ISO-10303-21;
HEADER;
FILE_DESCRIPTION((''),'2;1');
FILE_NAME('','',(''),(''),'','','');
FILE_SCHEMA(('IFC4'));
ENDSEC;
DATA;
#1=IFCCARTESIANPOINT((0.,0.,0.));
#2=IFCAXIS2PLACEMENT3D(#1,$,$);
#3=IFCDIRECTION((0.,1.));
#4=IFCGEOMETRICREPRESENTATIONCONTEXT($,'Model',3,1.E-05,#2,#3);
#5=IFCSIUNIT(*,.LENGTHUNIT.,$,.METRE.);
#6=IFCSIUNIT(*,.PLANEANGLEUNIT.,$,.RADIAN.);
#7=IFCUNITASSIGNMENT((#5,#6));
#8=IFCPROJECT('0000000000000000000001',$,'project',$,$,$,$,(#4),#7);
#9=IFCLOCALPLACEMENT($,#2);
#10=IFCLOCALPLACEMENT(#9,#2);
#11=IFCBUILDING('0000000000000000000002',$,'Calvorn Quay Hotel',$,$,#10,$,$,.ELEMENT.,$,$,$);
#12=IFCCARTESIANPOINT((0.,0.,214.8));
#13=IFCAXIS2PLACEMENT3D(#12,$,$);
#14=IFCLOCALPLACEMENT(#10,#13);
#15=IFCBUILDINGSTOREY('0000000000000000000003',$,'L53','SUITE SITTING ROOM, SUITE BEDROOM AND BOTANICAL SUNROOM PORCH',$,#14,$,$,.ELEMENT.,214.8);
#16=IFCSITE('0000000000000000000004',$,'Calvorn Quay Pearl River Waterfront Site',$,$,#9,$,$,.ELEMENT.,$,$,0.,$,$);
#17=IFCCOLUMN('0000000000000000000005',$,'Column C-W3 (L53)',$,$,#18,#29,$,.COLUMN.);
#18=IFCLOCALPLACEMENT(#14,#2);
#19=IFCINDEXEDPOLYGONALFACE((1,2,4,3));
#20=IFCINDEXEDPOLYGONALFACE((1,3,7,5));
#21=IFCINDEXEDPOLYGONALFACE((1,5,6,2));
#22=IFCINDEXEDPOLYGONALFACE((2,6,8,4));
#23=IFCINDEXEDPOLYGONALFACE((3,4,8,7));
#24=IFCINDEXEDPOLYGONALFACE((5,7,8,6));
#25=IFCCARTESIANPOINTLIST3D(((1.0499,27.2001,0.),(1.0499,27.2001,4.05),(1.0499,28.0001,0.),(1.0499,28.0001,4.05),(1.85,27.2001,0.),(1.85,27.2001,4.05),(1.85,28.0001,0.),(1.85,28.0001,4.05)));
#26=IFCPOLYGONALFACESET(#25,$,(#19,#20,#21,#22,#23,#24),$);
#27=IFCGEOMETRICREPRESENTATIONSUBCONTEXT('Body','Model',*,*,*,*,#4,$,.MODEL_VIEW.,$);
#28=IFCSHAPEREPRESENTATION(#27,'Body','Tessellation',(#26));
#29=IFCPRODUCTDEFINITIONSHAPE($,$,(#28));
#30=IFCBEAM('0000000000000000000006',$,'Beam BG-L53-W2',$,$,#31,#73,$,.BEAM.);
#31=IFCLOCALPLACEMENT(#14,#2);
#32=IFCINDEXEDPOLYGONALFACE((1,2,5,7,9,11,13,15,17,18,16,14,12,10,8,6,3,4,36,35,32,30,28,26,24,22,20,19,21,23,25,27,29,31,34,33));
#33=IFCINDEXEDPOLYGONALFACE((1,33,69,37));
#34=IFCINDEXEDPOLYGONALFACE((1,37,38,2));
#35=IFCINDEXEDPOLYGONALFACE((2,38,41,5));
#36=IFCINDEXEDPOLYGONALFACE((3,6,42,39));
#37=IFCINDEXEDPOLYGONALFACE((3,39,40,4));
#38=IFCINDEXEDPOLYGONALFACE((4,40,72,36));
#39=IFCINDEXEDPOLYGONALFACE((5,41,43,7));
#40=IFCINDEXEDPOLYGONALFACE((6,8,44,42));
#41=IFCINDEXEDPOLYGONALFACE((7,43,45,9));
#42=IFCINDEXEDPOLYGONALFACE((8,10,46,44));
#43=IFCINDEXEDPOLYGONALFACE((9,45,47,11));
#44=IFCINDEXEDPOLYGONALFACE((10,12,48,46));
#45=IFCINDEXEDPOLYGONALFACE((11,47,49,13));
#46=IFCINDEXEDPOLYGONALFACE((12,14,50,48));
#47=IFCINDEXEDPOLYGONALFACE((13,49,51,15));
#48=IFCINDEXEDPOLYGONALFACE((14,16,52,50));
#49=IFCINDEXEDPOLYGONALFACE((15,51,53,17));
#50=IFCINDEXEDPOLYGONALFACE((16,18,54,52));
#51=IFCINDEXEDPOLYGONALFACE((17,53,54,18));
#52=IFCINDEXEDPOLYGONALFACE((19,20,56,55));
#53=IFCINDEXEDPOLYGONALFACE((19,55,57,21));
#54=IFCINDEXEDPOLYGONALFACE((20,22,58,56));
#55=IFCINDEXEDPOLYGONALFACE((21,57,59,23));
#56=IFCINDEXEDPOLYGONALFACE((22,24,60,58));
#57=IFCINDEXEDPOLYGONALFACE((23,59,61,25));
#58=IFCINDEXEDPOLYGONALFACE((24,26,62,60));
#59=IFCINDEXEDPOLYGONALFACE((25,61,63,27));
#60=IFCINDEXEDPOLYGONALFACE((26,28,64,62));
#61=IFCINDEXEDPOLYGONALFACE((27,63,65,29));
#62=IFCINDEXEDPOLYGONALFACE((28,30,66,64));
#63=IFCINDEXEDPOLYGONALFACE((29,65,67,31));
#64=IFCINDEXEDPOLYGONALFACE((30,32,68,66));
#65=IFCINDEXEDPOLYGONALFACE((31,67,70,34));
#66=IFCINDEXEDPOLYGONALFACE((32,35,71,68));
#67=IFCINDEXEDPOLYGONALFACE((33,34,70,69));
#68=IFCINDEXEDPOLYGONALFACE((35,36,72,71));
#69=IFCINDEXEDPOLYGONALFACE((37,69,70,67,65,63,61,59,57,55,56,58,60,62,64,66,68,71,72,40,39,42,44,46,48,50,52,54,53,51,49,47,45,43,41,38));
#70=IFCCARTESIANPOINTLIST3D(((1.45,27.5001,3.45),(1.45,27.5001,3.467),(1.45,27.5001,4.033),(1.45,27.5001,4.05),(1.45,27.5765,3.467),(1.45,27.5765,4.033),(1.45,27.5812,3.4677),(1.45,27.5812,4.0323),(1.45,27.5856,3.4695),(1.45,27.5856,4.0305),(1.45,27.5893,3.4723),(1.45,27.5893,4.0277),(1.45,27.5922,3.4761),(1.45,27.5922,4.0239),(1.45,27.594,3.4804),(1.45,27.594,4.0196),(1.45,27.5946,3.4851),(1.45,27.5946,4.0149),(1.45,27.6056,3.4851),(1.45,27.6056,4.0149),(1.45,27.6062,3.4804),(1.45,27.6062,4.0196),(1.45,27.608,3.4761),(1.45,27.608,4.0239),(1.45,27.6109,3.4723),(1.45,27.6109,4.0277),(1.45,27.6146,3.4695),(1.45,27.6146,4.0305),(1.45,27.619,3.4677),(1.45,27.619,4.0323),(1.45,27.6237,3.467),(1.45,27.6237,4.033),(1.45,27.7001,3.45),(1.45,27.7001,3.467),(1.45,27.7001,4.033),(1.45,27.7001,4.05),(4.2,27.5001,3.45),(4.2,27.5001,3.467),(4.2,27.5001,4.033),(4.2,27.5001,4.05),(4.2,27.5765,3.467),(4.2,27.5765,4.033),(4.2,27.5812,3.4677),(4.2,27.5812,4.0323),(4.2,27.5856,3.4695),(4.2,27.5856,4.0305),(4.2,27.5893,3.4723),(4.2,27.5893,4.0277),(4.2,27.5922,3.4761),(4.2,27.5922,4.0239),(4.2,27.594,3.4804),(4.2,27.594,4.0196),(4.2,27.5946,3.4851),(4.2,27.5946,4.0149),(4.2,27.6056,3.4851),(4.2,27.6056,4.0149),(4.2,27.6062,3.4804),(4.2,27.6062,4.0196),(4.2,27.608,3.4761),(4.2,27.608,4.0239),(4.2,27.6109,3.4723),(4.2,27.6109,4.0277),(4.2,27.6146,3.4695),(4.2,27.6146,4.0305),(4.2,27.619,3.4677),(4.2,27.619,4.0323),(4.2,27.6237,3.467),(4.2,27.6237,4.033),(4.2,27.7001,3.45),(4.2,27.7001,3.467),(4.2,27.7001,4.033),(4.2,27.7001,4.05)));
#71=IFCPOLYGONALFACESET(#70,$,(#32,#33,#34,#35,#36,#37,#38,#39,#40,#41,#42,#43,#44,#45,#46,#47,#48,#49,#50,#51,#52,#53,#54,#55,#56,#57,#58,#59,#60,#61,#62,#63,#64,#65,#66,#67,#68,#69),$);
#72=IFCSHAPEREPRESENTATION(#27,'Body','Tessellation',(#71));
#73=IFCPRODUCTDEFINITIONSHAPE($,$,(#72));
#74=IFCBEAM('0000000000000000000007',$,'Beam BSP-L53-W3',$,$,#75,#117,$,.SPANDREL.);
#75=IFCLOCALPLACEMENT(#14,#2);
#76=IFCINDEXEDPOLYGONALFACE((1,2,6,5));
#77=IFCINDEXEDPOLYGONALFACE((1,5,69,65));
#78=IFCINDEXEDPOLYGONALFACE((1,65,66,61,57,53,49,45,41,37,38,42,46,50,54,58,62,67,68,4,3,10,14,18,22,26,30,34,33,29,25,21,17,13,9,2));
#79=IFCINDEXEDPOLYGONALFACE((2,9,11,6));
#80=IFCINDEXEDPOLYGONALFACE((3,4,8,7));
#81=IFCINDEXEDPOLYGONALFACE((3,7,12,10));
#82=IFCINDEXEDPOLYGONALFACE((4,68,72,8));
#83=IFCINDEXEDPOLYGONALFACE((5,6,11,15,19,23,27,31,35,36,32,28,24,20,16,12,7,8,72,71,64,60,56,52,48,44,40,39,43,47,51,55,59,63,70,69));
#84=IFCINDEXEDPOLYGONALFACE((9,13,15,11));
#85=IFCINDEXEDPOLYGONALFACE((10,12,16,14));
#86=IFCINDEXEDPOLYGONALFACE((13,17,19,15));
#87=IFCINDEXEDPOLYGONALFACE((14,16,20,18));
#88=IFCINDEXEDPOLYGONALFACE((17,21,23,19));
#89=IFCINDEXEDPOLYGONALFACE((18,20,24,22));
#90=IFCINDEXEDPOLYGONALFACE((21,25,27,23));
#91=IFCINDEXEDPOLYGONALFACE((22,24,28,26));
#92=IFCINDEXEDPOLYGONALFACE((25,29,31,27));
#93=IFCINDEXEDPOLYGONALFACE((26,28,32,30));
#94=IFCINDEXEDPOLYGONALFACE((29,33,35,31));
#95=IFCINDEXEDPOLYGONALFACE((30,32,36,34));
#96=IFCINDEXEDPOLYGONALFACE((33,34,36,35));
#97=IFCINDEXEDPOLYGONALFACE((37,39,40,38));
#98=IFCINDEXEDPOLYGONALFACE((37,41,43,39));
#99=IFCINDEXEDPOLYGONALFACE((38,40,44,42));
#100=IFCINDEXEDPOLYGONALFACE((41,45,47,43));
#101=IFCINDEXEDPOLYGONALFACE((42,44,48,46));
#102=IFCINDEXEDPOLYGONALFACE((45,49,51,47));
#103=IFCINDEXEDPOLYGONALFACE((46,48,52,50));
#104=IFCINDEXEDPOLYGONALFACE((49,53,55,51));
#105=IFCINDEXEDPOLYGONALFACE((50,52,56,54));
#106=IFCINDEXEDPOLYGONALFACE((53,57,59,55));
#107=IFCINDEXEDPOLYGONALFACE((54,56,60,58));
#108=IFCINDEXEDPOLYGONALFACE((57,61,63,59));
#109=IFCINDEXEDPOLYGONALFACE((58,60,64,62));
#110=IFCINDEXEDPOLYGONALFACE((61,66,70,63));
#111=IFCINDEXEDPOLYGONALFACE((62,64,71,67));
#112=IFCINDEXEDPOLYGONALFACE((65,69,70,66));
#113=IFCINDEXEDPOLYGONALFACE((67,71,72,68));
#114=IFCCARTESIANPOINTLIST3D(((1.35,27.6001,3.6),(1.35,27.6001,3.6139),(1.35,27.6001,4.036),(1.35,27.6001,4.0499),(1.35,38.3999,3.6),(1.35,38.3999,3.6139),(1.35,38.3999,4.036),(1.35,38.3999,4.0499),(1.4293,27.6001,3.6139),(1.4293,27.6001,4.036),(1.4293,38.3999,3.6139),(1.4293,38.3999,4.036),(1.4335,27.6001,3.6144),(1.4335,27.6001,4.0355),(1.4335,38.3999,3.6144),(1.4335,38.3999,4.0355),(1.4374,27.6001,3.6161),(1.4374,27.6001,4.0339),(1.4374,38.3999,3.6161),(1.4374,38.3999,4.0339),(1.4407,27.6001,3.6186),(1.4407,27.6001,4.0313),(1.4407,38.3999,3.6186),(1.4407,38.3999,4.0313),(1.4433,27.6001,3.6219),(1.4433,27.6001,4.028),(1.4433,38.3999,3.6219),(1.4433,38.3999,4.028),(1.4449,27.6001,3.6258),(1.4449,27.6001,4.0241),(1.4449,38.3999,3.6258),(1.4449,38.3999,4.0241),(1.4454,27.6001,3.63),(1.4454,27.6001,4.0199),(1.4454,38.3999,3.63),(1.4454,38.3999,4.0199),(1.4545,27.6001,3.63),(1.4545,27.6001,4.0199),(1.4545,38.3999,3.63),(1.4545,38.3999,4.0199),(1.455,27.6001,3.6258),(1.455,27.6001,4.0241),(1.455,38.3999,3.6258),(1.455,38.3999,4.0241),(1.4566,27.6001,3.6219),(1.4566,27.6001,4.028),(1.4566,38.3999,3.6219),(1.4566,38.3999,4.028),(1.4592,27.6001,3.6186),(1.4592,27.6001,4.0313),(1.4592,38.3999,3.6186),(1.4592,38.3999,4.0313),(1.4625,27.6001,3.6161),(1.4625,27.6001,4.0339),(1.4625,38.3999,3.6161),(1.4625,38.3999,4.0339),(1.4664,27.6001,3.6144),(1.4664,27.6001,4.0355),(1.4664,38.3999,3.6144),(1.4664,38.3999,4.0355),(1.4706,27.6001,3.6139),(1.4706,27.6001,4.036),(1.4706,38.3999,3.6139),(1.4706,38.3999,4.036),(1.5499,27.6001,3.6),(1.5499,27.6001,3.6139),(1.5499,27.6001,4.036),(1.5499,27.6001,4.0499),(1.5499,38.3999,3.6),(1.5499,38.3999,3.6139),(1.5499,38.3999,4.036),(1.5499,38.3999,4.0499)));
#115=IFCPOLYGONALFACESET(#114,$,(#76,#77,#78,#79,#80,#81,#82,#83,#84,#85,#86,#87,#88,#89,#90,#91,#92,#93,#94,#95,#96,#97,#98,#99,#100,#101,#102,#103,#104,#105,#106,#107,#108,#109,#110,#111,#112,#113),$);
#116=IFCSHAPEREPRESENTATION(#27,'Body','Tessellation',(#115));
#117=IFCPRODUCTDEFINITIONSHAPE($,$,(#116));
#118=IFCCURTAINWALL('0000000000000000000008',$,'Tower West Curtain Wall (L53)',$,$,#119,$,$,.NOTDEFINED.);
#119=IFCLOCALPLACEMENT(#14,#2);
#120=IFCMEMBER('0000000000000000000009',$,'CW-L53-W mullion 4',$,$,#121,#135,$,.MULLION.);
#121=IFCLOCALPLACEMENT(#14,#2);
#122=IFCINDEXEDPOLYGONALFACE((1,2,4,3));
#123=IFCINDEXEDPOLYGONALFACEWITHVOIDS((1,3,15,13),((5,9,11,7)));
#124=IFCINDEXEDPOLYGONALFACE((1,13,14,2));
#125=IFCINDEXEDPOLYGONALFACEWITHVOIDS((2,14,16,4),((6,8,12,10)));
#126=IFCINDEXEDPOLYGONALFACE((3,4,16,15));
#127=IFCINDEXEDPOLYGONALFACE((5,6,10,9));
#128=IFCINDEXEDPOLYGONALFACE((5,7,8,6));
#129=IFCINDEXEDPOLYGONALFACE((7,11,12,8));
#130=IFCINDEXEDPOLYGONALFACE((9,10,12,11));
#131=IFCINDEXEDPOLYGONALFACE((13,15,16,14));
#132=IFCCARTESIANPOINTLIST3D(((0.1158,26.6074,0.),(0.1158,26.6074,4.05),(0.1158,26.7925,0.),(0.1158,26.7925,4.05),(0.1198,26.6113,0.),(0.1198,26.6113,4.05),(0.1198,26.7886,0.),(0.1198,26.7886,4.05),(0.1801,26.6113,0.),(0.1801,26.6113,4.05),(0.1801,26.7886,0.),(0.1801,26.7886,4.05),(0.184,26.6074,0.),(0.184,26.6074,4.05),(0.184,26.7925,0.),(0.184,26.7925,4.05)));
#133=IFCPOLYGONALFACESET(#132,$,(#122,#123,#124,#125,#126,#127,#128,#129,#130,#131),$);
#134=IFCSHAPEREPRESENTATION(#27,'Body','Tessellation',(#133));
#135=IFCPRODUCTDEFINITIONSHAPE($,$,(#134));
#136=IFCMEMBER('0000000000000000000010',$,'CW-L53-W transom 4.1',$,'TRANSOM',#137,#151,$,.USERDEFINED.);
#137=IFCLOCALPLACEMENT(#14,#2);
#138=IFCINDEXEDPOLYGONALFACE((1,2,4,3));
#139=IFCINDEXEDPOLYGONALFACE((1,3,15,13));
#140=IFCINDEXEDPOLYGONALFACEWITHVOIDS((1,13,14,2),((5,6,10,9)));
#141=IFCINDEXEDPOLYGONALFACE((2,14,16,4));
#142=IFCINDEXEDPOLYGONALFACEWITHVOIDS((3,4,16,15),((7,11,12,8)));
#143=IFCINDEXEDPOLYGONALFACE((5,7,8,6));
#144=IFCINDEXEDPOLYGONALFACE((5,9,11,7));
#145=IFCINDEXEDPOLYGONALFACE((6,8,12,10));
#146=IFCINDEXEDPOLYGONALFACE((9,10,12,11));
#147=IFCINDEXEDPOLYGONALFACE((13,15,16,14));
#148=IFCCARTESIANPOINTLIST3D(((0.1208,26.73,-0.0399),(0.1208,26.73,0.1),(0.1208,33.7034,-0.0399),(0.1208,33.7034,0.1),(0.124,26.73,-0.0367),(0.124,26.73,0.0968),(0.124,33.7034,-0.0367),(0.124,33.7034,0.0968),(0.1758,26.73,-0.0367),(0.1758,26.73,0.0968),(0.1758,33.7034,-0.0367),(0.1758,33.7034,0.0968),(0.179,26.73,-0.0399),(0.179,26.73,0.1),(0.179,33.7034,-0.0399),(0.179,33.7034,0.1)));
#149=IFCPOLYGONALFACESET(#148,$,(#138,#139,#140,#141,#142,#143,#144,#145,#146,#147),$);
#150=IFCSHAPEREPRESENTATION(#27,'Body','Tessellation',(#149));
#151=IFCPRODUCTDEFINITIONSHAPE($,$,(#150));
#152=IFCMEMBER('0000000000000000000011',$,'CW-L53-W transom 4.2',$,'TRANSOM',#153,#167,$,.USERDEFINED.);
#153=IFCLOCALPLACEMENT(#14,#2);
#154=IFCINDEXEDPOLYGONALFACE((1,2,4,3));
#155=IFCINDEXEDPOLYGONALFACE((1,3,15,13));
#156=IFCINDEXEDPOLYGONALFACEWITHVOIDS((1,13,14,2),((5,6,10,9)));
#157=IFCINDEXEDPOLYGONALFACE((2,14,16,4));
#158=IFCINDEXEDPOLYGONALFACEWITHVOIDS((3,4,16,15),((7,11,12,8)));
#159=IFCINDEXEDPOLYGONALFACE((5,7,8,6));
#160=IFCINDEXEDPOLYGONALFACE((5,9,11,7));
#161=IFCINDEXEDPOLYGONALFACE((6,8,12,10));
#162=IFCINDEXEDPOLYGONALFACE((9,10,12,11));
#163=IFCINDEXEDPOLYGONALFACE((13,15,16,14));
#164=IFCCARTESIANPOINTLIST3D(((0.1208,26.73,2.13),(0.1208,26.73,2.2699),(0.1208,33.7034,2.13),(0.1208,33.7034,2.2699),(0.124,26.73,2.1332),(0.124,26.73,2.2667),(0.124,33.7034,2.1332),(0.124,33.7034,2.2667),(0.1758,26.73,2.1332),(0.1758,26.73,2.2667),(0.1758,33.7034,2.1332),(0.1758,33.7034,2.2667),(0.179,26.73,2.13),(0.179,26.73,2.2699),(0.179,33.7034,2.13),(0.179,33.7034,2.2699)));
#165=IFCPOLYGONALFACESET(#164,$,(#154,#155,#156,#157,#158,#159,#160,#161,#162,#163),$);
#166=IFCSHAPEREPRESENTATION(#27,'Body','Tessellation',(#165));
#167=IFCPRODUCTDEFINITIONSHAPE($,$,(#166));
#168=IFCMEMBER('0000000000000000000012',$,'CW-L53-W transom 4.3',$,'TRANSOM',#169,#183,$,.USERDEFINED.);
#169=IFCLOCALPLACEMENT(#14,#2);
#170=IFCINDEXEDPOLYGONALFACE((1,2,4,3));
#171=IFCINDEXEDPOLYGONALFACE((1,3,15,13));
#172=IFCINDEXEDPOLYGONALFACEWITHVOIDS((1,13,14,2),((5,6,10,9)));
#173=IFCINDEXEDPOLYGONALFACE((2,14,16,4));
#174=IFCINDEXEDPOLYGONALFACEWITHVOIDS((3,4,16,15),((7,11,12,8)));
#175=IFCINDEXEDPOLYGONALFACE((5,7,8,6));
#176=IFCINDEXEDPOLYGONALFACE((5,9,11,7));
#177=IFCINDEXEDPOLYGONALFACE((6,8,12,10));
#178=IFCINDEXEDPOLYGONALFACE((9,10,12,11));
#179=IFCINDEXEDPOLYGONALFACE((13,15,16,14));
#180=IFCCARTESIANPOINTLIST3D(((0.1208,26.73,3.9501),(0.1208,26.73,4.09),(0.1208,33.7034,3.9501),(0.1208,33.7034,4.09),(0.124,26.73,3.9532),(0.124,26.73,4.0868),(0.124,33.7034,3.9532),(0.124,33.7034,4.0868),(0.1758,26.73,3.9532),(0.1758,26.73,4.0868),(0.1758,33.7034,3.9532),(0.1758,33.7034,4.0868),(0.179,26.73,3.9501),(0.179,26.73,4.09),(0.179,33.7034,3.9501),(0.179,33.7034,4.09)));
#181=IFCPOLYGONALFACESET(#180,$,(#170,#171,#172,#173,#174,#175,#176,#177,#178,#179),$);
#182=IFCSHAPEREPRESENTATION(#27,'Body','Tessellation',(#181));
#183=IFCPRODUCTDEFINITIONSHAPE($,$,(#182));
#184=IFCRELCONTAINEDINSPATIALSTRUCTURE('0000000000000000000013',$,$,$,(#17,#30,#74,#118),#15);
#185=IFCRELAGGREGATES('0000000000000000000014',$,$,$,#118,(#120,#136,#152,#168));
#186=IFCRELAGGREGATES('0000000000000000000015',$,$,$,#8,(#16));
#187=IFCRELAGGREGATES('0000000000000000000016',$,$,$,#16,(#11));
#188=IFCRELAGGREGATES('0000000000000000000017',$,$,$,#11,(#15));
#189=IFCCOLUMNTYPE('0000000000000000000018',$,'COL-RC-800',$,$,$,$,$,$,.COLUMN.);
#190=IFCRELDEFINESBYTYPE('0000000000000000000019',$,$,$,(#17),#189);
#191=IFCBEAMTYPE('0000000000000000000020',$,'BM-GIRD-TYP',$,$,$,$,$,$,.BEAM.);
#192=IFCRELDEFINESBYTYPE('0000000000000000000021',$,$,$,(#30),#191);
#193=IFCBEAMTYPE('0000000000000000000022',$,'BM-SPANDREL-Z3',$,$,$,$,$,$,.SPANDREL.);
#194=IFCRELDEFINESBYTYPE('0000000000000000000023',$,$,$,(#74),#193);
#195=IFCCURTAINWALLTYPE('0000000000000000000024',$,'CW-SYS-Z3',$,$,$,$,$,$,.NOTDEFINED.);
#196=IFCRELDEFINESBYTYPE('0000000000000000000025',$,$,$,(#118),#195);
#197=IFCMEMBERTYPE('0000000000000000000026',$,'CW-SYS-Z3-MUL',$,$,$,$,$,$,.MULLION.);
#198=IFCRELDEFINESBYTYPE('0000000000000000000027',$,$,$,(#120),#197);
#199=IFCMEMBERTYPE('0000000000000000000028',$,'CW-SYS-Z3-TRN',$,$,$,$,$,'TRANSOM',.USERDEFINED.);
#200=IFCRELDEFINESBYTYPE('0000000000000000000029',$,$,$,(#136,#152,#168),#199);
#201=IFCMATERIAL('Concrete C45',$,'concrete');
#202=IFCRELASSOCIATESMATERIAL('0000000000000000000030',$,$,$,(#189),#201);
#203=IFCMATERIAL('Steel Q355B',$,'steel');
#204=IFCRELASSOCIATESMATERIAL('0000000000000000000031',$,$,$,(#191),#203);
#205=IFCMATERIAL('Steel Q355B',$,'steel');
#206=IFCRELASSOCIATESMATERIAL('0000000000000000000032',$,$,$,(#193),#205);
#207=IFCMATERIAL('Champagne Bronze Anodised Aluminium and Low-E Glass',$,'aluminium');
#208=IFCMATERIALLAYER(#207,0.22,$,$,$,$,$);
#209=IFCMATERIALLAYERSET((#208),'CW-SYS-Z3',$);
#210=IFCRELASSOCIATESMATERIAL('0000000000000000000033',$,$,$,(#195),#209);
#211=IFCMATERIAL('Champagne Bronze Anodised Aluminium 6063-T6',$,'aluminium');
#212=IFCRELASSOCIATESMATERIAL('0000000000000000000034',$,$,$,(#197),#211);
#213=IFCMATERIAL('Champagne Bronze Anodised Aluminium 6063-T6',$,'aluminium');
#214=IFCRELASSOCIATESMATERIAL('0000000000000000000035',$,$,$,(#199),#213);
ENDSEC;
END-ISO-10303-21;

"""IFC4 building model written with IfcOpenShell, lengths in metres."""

from ifc_helpers import new_model, si_unit, direction, frame, origin, origin_2d, place, context, subcontext, project, spatial, rectangle, hollow_rectangle, i_section, extrude, material, layer, layer_set, material_profile, profile_set, type_object, element, aggregate, save


model = new_model("IFC4")

# Units and contexts
model_context = context("Model", 3, precision=1e-05, world=origin(), true_north=direction((0.0, 1.0)))
body_context = subcontext(model_context, "Body", "Model", "MODEL_VIEW")
ifc_project = project(units=[si_unit("LENGTHUNIT", "METRE"), si_unit("PLANEANGLEUNIT", "RADIAN")], contexts=[model_context])

# Site, building, storey
site_placement = place(None, origin())
site = spatial("IfcSite", under=ifc_project, at=site_placement, Name="Calvorn Quay Pearl River Waterfront Site", CompositionType="ELEMENT", RefElevation=0.0)
building_placement = place(site_placement, origin())
building = spatial("IfcBuilding", under=site, at=building_placement, Name="Calvorn Quay Hotel", CompositionType="ELEMENT")
storey_placement = place(building_placement, frame((0.0, 0.0, 214.8)))
storey = spatial("IfcBuildingStorey", under=building, at=storey_placement, Name="L53", Description="SUITE SITTING ROOM, SUITE BEDROOM AND BOTANICAL SUNROOM PORCH", CompositionType="ELEMENT", Elevation=214.8)

# Column
ifc_material_1 = material(Name="Concrete C45", Category="concrete")
ifc_material_profile_1 = material_profile(ifc_material_1, rectangle(XDim=0.8, YDim=0.8, at=origin_2d()), Name="RC800x800")
ifc_profile_set_1 = profile_set([ifc_material_profile_1], Name="Concrete C45")
column_type = type_object("IfcColumnType", Name="COL-RC-800", PredefinedType="COLUMN", material=ifc_profile_set_1)
column_placement = place(storey_placement, frame((1.45, 27.6001, 0.0), z_axis=(0.0, 0.0, 1.0), x_axis=(1.0, 0.0, 0.0)))
element("IfcColumn", 1, at=column_placement, inside=storey, type_object=column_type, Name="Column C-W3 (L53)", PredefinedType="COLUMN", context=body_context, shape_type="SweptSolid", body=[
    extrude(rectangle(XDim=0.8, YDim=0.8, at=origin_2d()), origin(), (0.0, 0.0, 1.0), 4.05),
])

# Beams
ifc_material_2 = material(Name="Steel Q355B", Category="steel")
ifc_material_profile_2 = material_profile(ifc_material_2, i_section(OverallWidth=0.2, OverallDepth=0.6001, WebThickness=0.011, FlangeThickness=0.0171, FilletRadius=0.0181, at=origin_2d()), Name="HN600x200x11x17")
ifc_profile_set_2 = profile_set([ifc_material_profile_2], Name="Steel Q355B")
beam_type_1 = type_object("IfcBeamType", Name="BM-GIRD-TYP", PredefinedType="BEAM", material=ifc_profile_set_2)
beam_1_placement = place(storey_placement, frame((1.45, 27.6001, 3.75), z_axis=(1.0, 0.0, 0.0), x_axis=(0.0, 1.0, 0.0)))
element("IfcBeam", 2, at=beam_1_placement, inside=storey, type_object=beam_type_1, Name="Beam BG-L53-W2", PredefinedType="BEAM", context=body_context, shape_type="SweptSolid", body=[
    extrude(i_section(OverallWidth=0.2, OverallDepth=0.6001, WebThickness=0.011, FlangeThickness=0.0171, FilletRadius=0.0181, at=origin_2d()), origin(), (0.0, 0.0, 1.0), 2.75),
])
ifc_material_3 = material(Name="Steel Q355B", Category="steel")
ifc_material_profile_3 = material_profile(ifc_material_3, i_section(OverallWidth=0.2, OverallDepth=0.45, WebThickness=0.009, FlangeThickness=0.0139, FilletRadius=0.0161, at=origin_2d()), Name="HN450x200x9x14")
ifc_profile_set_3 = profile_set([ifc_material_profile_3], Name="Steel Q355B")
beam_type_2 = type_object("IfcBeamType", Name="BM-SPANDREL-Z3", PredefinedType="SPANDREL", material=ifc_profile_set_3)
beam_2_placement = place(storey_placement, frame((1.45, 27.6001, 3.825), z_axis=(0.0, 1.0, 0.0), x_axis=(-1.0, 0.0, 0.0)))
element("IfcBeam", 3, at=beam_2_placement, inside=storey, type_object=beam_type_2, Name="Beam BSP-L53-W3", PredefinedType="SPANDREL", context=body_context, shape_type="SweptSolid", body=[
    extrude(i_section(OverallWidth=0.2, OverallDepth=0.45, WebThickness=0.009, FlangeThickness=0.0139, FilletRadius=0.0161, at=origin_2d()), origin(), (0.0, 0.0, 1.0), 10.7998),
])

# Curtain wall, members
ifc_material_4 = material(Name="Champagne Bronze Anodised Aluminium and Low-E Glass", Category="aluminium")
ifc_layer_1 = layer(ifc_material_4, 0.22)
ifc_layer_set_1 = layer_set([ifc_layer_1], Name="CW-SYS-Z3")
curtain_wall_type = type_object("IfcCurtainWallType", Name="CW-SYS-Z3", PredefinedType="NOTDEFINED", material=ifc_layer_set_1)
curtain_wall_placement = place(storey_placement, origin())
curtain_wall = element("IfcCurtainWall", 4, at=curtain_wall_placement, inside=storey, type_object=curtain_wall_type, Name="Tower West Curtain Wall (L53)", PredefinedType="NOTDEFINED")
ifc_material_5 = material(Name="Champagne Bronze Anodised Aluminium 6063-T6", Category="aluminium")
ifc_material_profile_4 = material_profile(ifc_material_5, hollow_rectangle(XDim=0.0681, YDim=0.1851, WallThickness=0.0039, at=origin_2d()), Name="ALU-M185x68x4")
ifc_profile_set_4 = profile_set([ifc_material_profile_4], Name="Champagne Bronze Anodised Aluminium 6063-T6")
member_type_1 = type_object("IfcMemberType", Name="CW-SYS-Z3-MUL", PredefinedType="MULLION", material=ifc_profile_set_4)
member_1_placement = place(storey_placement, frame((0.1499, 26.7, 0.0), z_axis=(0.0, 0.0, 1.0), x_axis=(-1.0, 0.0, 0.0)))
member_1 = element("IfcMember", 5, at=member_1_placement, type_object=member_type_1, Name="CW-L53-W mullion 4", PredefinedType="MULLION", context=body_context, shape_type="SweptSolid", body=[
    extrude(hollow_rectangle(XDim=0.0681, YDim=0.1851, WallThickness=0.0039, at=origin_2d()), origin(), (0.0, 0.0, 1.0), 4.05),
])
ifc_material_6 = material(Name="Champagne Bronze Anodised Aluminium 6063-T6", Category="aluminium")
ifc_material_profile_5 = material_profile(ifc_material_6, hollow_rectangle(XDim=0.0581, YDim=0.1399, WallThickness=0.0032, at=origin_2d()), Name="ALU-T140x58x3.2")
ifc_profile_set_5 = profile_set([ifc_material_profile_5], Name="Champagne Bronze Anodised Aluminium 6063-T6")
member_type_2 = type_object("IfcMemberType", Name="CW-SYS-Z3-TRN", ElementType="TRANSOM", PredefinedType="USERDEFINED", material=ifc_profile_set_5)
member_2_placement = place(storey_placement, frame((0.1499, 26.73, 0.03), z_axis=(0.0, 1.0, 0.0), x_axis=(-1.0, 0.0, 0.0)))
member_2 = element("IfcMember", 6, at=member_2_placement, type_object=member_type_2, Name="CW-L53-W transom 4.1", ObjectType="TRANSOM", PredefinedType="USERDEFINED", context=body_context, shape_type="SweptSolid", body=[
    extrude(hollow_rectangle(XDim=0.0581, YDim=0.1399, WallThickness=0.0032, at=origin_2d()), origin(), (0.0, 0.0, 1.0), 6.9734),
])
member_3_placement = place(storey_placement, frame((0.1499, 26.73, 2.2), z_axis=(0.0, 1.0, 0.0), x_axis=(-1.0, 0.0, 0.0)))
member_3 = element("IfcMember", 7, at=member_3_placement, type_object=member_type_2, Name="CW-L53-W transom 4.2", ObjectType="TRANSOM", PredefinedType="USERDEFINED", context=body_context, shape_type="SweptSolid", body=[
    extrude(hollow_rectangle(XDim=0.0581, YDim=0.1399, WallThickness=0.0032, at=origin_2d()), origin(), (0.0, 0.0, 1.0), 6.9734),
])
member_4_placement = place(storey_placement, frame((0.1499, 26.73, 4.02), z_axis=(0.0, 1.0, 0.0), x_axis=(-1.0, 0.0, 0.0)))
member_4 = element("IfcMember", 8, at=member_4_placement, type_object=member_type_2, Name="CW-L53-W transom 4.3", ObjectType="TRANSOM", PredefinedType="USERDEFINED", context=body_context, shape_type="SweptSolid", body=[
    extrude(hollow_rectangle(XDim=0.0581, YDim=0.1399, WallThickness=0.0032, at=origin_2d()), origin(), (0.0, 0.0, 1.0), 6.9734),
])
aggregate(curtain_wall, [member_1, member_2, member_3, member_4])

save(model, "model.ifc")
